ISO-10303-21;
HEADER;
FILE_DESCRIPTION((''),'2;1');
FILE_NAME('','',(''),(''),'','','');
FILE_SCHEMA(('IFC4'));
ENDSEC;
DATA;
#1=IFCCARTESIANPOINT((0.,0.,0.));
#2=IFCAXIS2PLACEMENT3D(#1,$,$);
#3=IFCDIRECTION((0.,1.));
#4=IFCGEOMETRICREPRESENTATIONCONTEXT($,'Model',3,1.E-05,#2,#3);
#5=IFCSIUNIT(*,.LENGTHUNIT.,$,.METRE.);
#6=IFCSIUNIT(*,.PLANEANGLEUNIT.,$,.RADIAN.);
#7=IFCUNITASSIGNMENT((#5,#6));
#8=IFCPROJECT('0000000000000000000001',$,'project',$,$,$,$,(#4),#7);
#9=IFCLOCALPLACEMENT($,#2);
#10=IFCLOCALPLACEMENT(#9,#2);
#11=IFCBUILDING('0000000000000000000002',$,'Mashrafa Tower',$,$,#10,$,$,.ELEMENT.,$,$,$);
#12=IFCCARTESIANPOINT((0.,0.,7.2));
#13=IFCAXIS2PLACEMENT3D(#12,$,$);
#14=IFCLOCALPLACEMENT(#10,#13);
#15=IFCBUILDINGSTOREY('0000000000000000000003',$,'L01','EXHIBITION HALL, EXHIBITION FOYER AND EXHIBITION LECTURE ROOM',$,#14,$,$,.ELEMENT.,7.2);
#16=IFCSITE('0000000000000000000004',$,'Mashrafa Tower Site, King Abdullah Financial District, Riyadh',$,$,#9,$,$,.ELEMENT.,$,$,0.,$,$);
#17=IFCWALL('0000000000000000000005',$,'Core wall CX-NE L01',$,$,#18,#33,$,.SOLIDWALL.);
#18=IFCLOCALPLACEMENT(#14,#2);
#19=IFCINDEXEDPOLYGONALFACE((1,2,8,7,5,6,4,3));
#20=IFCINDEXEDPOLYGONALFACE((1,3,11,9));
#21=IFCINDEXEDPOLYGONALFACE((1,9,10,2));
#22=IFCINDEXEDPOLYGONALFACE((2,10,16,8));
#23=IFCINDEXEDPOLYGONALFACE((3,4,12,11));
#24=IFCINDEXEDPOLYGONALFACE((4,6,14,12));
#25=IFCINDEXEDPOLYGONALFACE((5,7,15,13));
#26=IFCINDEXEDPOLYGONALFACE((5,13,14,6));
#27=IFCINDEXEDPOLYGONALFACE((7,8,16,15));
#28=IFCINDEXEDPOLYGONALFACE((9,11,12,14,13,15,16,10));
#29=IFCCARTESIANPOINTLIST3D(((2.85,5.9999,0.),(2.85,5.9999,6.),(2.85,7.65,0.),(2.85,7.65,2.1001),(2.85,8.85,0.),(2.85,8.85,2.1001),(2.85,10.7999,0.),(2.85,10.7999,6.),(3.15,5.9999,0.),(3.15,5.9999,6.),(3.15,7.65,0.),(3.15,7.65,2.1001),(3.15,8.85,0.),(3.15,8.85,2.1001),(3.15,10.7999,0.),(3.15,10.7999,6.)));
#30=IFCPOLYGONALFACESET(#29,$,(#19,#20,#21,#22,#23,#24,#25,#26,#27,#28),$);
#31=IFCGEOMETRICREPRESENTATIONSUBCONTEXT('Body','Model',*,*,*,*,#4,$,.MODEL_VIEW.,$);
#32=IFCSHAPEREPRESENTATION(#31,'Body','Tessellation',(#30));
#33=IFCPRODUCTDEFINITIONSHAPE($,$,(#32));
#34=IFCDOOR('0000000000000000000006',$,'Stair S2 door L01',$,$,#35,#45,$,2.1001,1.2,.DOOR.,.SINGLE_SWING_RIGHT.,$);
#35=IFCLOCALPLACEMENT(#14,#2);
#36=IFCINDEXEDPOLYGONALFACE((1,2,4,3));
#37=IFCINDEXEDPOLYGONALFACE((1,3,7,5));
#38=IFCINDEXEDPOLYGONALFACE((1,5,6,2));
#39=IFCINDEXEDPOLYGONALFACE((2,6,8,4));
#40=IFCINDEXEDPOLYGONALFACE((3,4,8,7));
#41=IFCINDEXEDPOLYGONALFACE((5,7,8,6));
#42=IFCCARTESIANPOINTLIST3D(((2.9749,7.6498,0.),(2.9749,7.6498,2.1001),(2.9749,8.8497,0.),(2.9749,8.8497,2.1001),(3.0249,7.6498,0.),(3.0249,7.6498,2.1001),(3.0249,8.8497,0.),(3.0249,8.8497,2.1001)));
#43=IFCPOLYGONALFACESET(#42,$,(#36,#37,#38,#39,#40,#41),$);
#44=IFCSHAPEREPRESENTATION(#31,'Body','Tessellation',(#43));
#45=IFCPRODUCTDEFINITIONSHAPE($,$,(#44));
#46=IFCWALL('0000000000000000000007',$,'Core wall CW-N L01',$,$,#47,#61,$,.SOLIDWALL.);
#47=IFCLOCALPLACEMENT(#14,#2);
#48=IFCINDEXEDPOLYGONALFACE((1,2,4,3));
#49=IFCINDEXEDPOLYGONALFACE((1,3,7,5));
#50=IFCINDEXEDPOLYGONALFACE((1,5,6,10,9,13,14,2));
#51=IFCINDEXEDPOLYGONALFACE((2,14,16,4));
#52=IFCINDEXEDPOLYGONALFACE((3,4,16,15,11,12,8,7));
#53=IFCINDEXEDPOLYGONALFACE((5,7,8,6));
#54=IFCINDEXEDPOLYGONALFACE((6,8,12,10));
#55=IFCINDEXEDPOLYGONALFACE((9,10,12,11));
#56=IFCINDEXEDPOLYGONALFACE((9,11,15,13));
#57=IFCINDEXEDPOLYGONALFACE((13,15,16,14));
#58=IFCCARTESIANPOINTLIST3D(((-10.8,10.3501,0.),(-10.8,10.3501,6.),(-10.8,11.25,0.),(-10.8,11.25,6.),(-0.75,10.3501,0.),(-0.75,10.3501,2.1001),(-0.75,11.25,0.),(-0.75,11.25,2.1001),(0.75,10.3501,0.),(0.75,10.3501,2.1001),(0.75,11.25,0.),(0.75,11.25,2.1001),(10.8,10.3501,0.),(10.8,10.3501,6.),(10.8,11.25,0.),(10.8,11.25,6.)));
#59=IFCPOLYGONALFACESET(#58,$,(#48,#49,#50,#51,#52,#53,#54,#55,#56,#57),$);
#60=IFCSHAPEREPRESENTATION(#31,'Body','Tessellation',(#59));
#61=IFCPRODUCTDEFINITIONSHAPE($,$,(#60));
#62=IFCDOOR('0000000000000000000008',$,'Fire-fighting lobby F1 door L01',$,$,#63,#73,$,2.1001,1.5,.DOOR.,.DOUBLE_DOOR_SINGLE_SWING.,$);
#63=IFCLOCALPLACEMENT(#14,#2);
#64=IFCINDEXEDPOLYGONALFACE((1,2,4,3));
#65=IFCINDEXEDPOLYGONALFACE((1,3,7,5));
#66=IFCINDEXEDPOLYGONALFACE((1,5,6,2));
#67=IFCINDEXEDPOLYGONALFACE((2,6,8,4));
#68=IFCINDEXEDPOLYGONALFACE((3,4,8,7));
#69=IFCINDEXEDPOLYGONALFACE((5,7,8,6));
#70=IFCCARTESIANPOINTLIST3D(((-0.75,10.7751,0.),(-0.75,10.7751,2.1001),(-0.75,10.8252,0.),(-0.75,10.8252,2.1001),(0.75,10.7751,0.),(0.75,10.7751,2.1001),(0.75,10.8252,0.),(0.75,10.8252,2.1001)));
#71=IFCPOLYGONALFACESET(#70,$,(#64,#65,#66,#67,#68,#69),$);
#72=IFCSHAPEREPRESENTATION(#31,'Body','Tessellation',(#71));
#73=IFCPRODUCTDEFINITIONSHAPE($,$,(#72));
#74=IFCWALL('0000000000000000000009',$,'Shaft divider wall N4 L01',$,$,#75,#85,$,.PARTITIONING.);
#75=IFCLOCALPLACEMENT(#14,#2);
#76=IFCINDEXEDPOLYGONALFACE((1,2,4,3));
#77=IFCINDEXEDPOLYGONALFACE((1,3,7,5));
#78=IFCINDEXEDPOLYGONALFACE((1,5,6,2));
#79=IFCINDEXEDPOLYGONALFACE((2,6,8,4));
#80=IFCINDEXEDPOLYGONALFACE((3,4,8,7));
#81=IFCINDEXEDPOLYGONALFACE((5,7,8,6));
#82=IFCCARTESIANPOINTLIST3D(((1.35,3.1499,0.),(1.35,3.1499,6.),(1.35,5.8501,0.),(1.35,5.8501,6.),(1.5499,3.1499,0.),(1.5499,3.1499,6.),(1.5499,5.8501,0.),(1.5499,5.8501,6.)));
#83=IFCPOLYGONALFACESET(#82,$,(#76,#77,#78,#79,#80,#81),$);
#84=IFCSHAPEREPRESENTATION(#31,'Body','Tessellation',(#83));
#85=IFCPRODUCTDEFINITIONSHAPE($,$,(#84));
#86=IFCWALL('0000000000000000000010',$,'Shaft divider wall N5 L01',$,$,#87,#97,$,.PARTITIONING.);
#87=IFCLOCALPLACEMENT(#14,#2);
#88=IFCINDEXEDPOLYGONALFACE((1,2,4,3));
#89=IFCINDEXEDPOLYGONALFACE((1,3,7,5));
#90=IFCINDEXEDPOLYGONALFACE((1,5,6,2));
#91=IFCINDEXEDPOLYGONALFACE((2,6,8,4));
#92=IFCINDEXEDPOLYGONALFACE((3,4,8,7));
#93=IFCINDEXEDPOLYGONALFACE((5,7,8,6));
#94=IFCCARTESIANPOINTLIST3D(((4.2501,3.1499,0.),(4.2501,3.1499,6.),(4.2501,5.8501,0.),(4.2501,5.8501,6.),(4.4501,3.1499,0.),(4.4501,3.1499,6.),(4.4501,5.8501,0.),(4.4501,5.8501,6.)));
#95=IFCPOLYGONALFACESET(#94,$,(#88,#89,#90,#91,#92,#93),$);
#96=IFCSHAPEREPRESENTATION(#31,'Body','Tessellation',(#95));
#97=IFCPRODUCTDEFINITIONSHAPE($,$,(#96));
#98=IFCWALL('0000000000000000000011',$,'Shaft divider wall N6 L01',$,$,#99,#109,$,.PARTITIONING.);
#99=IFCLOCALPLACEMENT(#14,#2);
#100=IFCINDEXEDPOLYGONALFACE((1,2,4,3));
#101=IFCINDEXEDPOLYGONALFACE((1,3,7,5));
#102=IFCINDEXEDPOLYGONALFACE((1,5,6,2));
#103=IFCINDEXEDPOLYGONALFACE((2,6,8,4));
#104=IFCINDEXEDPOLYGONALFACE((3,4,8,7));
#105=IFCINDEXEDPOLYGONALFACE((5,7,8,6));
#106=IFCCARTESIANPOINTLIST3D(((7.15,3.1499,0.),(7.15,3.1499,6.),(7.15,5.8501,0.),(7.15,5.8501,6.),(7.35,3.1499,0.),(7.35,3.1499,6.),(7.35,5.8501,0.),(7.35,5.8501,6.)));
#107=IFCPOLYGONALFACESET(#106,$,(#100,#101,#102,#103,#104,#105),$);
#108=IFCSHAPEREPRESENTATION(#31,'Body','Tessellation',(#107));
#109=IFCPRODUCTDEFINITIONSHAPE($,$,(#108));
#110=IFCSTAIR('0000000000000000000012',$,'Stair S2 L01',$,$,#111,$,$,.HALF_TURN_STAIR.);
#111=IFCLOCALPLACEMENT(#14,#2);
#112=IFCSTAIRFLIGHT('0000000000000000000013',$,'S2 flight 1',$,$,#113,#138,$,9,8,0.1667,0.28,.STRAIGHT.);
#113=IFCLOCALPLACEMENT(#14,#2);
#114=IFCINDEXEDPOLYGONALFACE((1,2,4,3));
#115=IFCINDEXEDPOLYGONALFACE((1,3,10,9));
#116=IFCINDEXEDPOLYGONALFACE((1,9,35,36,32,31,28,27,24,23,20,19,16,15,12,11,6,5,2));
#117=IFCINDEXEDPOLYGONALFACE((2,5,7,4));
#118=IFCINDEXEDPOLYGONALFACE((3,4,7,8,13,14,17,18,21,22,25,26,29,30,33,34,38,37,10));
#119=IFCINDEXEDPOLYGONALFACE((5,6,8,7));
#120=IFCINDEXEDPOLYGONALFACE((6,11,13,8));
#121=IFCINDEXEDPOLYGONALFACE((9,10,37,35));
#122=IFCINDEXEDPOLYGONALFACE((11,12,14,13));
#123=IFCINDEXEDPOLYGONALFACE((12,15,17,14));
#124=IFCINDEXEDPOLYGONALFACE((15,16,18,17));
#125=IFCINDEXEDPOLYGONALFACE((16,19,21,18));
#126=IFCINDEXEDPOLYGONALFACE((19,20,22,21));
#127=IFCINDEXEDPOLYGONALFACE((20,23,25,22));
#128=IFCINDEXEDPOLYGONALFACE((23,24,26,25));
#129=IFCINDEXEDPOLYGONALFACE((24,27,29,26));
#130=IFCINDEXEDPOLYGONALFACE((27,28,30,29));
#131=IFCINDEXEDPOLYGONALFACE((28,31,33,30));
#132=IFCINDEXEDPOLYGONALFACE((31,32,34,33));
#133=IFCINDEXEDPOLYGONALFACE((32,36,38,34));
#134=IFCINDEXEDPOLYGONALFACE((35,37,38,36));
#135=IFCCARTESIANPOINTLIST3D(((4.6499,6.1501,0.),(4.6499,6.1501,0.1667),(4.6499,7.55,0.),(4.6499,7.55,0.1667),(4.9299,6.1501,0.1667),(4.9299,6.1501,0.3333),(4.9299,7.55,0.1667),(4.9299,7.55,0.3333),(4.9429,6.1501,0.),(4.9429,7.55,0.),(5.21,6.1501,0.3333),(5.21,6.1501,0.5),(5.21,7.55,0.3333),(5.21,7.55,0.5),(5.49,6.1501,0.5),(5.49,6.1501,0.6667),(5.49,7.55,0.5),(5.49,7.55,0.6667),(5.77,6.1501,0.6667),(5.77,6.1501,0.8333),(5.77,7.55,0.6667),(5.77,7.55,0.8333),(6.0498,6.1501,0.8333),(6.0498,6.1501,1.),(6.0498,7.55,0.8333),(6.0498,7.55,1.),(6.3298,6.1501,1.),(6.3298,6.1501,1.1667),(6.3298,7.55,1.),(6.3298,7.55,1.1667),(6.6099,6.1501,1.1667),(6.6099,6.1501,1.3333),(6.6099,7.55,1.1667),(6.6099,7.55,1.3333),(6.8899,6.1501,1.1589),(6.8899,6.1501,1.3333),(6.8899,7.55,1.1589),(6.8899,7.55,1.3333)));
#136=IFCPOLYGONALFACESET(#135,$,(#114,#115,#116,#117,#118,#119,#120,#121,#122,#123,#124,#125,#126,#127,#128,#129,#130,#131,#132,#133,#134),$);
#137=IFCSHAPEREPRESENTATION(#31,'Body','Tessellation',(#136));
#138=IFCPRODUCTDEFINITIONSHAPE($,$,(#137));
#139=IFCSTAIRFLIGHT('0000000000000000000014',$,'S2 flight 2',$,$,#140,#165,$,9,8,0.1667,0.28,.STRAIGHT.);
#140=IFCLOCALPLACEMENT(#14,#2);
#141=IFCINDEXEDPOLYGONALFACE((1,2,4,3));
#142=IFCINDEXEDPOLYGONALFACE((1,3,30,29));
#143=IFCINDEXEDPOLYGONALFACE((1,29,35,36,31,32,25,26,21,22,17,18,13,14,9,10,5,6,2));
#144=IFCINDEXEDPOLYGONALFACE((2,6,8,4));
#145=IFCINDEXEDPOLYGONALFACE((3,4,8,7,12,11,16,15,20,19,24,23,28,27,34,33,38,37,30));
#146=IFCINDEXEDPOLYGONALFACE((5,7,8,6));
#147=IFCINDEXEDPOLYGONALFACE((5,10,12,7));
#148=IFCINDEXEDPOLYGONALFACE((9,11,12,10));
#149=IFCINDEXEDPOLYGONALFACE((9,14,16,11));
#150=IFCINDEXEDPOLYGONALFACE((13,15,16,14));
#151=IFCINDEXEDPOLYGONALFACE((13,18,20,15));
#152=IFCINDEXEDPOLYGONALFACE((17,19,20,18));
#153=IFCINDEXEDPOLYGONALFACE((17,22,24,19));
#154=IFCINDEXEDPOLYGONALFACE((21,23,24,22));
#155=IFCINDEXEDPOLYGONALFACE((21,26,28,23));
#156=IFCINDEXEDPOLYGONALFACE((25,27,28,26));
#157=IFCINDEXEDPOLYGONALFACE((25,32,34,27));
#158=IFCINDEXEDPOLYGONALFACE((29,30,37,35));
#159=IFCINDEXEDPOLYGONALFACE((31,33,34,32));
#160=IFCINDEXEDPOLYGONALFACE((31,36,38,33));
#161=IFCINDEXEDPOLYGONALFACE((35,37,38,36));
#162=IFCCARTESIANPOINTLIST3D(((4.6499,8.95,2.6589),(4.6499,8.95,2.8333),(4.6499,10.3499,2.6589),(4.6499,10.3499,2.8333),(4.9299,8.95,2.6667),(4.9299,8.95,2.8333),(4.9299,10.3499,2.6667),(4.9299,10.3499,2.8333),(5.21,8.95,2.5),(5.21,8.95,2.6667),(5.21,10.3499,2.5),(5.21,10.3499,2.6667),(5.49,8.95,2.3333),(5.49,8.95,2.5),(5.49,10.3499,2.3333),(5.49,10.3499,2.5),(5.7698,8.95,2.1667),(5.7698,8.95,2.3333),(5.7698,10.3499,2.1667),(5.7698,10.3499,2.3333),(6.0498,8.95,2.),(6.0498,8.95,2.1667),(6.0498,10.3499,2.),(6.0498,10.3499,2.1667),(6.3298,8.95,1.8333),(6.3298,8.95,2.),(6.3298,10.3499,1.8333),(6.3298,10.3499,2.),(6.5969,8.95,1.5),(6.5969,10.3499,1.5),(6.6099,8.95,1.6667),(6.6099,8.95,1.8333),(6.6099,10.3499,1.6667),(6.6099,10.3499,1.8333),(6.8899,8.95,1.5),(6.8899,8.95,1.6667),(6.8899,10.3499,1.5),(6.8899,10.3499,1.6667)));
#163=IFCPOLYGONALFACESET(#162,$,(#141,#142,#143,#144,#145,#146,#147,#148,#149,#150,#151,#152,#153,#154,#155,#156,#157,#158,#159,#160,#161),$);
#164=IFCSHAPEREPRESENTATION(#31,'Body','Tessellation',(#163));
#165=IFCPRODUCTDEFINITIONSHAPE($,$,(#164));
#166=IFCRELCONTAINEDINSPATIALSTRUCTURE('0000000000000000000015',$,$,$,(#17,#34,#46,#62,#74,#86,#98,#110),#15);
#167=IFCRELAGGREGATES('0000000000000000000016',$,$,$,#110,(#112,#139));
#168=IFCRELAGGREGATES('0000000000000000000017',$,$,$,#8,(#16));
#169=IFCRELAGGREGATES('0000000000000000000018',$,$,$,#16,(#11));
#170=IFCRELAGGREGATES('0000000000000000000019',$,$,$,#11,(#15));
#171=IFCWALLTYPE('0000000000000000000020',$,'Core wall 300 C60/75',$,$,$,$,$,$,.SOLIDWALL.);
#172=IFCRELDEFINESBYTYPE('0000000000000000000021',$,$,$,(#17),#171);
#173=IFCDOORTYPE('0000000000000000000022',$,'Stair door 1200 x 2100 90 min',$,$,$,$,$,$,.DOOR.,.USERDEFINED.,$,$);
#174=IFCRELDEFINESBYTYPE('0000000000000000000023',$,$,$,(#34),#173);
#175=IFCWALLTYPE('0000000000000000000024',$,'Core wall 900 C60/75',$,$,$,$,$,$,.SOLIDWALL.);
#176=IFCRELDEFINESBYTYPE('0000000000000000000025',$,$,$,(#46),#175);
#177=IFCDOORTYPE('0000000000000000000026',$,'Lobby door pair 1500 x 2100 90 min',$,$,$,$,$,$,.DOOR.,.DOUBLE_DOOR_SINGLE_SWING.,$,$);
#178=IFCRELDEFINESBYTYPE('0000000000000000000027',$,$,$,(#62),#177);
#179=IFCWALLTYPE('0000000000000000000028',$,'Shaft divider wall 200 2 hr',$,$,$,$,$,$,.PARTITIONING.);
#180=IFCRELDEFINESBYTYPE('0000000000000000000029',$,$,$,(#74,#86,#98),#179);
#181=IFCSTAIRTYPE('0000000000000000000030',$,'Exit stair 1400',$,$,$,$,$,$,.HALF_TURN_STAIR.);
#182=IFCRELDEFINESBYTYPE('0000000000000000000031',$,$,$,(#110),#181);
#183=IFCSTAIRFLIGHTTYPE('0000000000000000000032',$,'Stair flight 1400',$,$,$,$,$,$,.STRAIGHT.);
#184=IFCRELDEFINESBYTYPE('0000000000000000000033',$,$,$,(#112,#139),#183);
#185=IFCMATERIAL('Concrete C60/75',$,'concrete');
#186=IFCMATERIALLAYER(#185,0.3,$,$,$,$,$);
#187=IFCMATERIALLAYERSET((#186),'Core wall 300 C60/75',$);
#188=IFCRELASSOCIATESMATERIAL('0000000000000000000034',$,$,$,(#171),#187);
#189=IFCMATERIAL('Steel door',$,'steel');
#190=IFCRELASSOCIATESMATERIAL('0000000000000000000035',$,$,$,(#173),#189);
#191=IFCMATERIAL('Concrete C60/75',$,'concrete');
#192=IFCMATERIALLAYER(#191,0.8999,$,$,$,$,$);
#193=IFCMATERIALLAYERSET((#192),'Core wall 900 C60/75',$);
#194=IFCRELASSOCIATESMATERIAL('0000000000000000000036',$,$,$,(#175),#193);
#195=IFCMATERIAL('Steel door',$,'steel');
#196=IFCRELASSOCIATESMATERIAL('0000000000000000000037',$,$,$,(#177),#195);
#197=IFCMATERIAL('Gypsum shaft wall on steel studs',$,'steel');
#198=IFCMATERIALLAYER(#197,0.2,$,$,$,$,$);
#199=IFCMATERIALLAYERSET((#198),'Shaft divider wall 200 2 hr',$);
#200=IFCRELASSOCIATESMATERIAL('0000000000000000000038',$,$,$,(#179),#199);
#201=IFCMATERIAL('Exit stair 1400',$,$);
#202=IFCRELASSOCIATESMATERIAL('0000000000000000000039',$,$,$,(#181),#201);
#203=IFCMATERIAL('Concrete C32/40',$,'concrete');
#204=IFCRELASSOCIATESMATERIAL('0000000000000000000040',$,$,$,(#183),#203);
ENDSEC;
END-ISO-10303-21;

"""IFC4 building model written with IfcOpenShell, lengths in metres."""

from ifc_helpers import new_model, si_unit, direction, frame, frame_2d, origin, place, context, subcontext, project, spatial, polyline, rectangle, outline, extrude, material, layer, layer_set, type_object, element, fill, aggregate, save


model = new_model("IFC4")

# Units and contexts
model_context = context("Model", 3, precision=1e-05, world=origin(), true_north=direction((0.0, 1.0)))
body_context = subcontext(model_context, "Body", "Model", "MODEL_VIEW")
ifc_project = project(units=[si_unit("LENGTHUNIT", "METRE"), si_unit("PLANEANGLEUNIT", "RADIAN")], contexts=[model_context])

# Site, building, storey
site_placement = place(None, origin())
site = spatial("IfcSite", under=ifc_project, at=site_placement, Name="Mashrafa Tower Site, King Abdullah Financial District, Riyadh", CompositionType="ELEMENT", RefElevation=0.0)
building_placement = place(site_placement, origin())
building = spatial("IfcBuilding", under=site, at=building_placement, Name="Mashrafa Tower", CompositionType="ELEMENT")
storey_placement = place(building_placement, frame((0.0, 0.0, 7.2)))
storey = spatial("IfcBuildingStorey", under=building, at=storey_placement, Name="L01", Description="EXHIBITION HALL, EXHIBITION FOYER AND EXHIBITION LECTURE ROOM", CompositionType="ELEMENT", Elevation=7.2)

# Walls, openings, doors
ifc_material_1 = material(Name="Concrete C60/75", Category="concrete")
ifc_layer_1 = layer(ifc_material_1, 0.3)
ifc_layer_set_1 = layer_set([ifc_layer_1], Name="Core wall 300 C60/75")
wall_type_1 = type_object("IfcWallType", Name="Core wall 300 C60/75", PredefinedType="SOLIDWALL", material=ifc_layer_set_1)
wall_1_placement = place(storey_placement, frame((3.0, 6.0, 0.0), z_axis=(0.0, 0.0, 1.0), x_axis=(0.0, 1.0, 0.0)))
wall_1 = element("IfcWall", 1, at=wall_1_placement, inside=storey, type_object=wall_type_1, Name="Core wall CX-NE L01", PredefinedType="SOLIDWALL", context=body_context, shape_type="SweptSolid", body=[
    extrude(rectangle(XDim=4.8, YDim=0.3, at=frame_2d((2.3999, 0.0))), origin(), (0.0, 0.0, 1.0), 6.0),
])
opening_1_placement = place(wall_1_placement, frame((1.6499, 0.0, 0.0)))
opening_1 = element("IfcOpeningElement", 2, at=opening_1_placement, cuts=wall_1, PredefinedType="OPENING", context=body_context, shape_type="SweptSolid", body=[
    extrude(rectangle(XDim=1.2, YDim=2.1001, at=frame_2d((0.6001, 1.05))), frame((0.0, 0.1599, 0.0), z_axis=(0.0, -1.0, 0.0), x_axis=(1.0, 0.0, 0.0)), (0.0, 0.0, 1.0), 0.3201),
])
ifc_material_2 = material(Name="Steel door", Category="steel")
door_type_1 = type_object("IfcDoorType", Name="Stair door 1200 x 2100 90 min", OperationType="USERDEFINED", PredefinedType="DOOR", material=ifc_material_2)
door_1_placement = place(opening_1_placement, frame((1.2, 0.0, 0.0), z_axis=(0.0, 0.0, 1.0), x_axis=(-1.0, 0.0, 0.0)))
door_1 = element("IfcDoor", 3, at=door_1_placement, inside=storey, type_object=door_type_1, Name="Stair S2 door L01", OperationType="SINGLE_SWING_RIGHT", OverallHeight=2.1001, OverallWidth=1.2, PredefinedType="DOOR", context=body_context, shape_type="SweptSolid", body=[
    extrude(rectangle(XDim=1.2, YDim=2.1001, at=frame_2d((0.6001, 1.05))), frame((0.0, 0.0249, 0.0), z_axis=(0.0, -1.0, 0.0), x_axis=(1.0, 0.0, 0.0)), (0.0, 0.0, 1.0), 0.05),
])
fill(opening_1, door_1)
ifc_material_3 = material(Name="Concrete C60/75", Category="concrete")
ifc_layer_2 = layer(ifc_material_3, 0.8999)
ifc_layer_set_2 = layer_set([ifc_layer_2], Name="Core wall 900 C60/75")
wall_type_2 = type_object("IfcWallType", Name="Core wall 900 C60/75", PredefinedType="SOLIDWALL", material=ifc_layer_set_2)
wall_2_placement = place(storey_placement, frame((10.8, 10.8, 0.0), z_axis=(0.0, 0.0, 1.0), x_axis=(-1.0, 0.0, 0.0)))
wall_2 = element("IfcWall", 4, at=wall_2_placement, inside=storey, type_object=wall_type_2, Name="Core wall CW-N L01", PredefinedType="SOLIDWALL", context=body_context, shape_type="SweptSolid", body=[
    extrude(rectangle(XDim=21.6001, YDim=0.8999, at=frame_2d((10.8, 0.0))), origin(), (0.0, 0.0, 1.0), 6.0),
])
opening_2_placement = place(wall_2_placement, frame((10.05, 0.0, 0.0)))
opening_2 = element("IfcOpeningElement", 5, at=opening_2_placement, cuts=wall_2, PredefinedType="OPENING", context=body_context, shape_type="SweptSolid", body=[
    extrude(rectangle(XDim=1.5, YDim=2.1001, at=frame_2d((0.75, 1.05))), frame((0.0, 0.46, 0.0), z_axis=(0.0, -1.0, 0.0), x_axis=(1.0, 0.0, 0.0)), (0.0, 0.0, 1.0), 0.9199),
])
ifc_material_4 = material(Name="Steel door", Category="steel")
door_type_2 = type_object("IfcDoorType", Name="Lobby door pair 1500 x 2100 90 min", OperationType="DOUBLE_DOOR_SINGLE_SWING", PredefinedType="DOOR", material=ifc_material_4)
door_2_placement = place(opening_2_placement, origin())
door_2 = element("IfcDoor", 6, at=door_2_placement, inside=storey, type_object=door_type_2, Name="Fire-fighting lobby F1 door L01", OperationType="DOUBLE_DOOR_SINGLE_SWING", OverallHeight=2.1001, OverallWidth=1.5, PredefinedType="DOOR", context=body_context, shape_type="SweptSolid", body=[
    extrude(rectangle(XDim=1.5, YDim=2.1001, at=frame_2d((0.75, 1.05))), frame((0.0, 0.0249, 0.0), z_axis=(0.0, -1.0, 0.0), x_axis=(1.0, 0.0, 0.0)), (0.0, 0.0, 1.0), 0.05),
])
fill(opening_2, door_2)

# Walls
ifc_material_5 = material(Name="Gypsum shaft wall on steel studs", Category="steel")
ifc_layer_3 = layer(ifc_material_5, 0.2)
ifc_layer_set_3 = layer_set([ifc_layer_3], Name="Shaft divider wall 200 2 hr")
wall_type_3 = type_object("IfcWallType", Name="Shaft divider wall 200 2 hr", PredefinedType="PARTITIONING", material=ifc_layer_set_3)
for number, where, z_axis, x_axis, name in (
    (7, (1.45, 3.1499, 0.0), (0.0, 0.0, 1.0), (0.0, 1.0, 0.0), "Shaft divider wall N4 L01"),
    (8, (4.3501, 3.1499, 0.0), (0.0, 0.0, 1.0), (0.0, 1.0, 0.0), "Shaft divider wall N5 L01"),
    (9, (7.25, 3.1499, 0.0), (0.0, 0.0, 1.0), (0.0, 1.0, 0.0), "Shaft divider wall N6 L01"),
):
    element("IfcWall", number, at=place(storey_placement, frame(where, z_axis=z_axis, x_axis=x_axis)), inside=storey, type_object=wall_type_3, Name=name, PredefinedType="PARTITIONING", context=body_context, shape_type="SweptSolid", body=[
        extrude(rectangle(XDim=2.7002, YDim=0.2, at=frame_2d((1.3501, 0.0))), origin(), (0.0, 0.0, 1.0), 6.0),
    ])

# Stair, stair flights
ifc_material_6 = material(Name="Exit stair 1400")
stair_type = type_object("IfcStairType", Name="Exit stair 1400", PredefinedType="HALF_TURN_STAIR", material=ifc_material_6)
stair_placement = place(storey_placement, origin())
stair = element("IfcStair", 10, at=stair_placement, inside=storey, type_object=stair_type, Name="Stair S2 L01", PredefinedType="HALF_TURN_STAIR")
ifc_material_7 = material(Name="Concrete C32/40", Category="concrete")
stair_flight_type = type_object("IfcStairFlightType", Name="Stair flight 1400", PredefinedType="STRAIGHT", material=ifc_material_7)
stair_flight_1_placement = place(storey_placement, frame((4.6499, 6.8501, 0.0), z_axis=(0.0, 0.0, 1.0), x_axis=(1.0, 0.0, 0.0)))
stair_flight_1 = element("IfcStairFlight", 11, at=stair_flight_1_placement, type_object=stair_flight_type, Name="S2 flight 1", NumberOfRisers=9, NumberOfTreads=8, PredefinedType="STRAIGHT", RiserHeight=0.1667, TreadLength=0.28, context=body_context, shape_type="SweptSolid", body=[
    extrude(outline(polyline([(0.0, 0.0), (0.0, 0.1667), (0.28, 0.1667), (0.28, 0.3333), (0.5601, 0.3333), (0.5601, 0.5), (0.8401, 0.5), (0.8401, 0.6667), (1.1201, 0.6667), (1.1201, 0.8333), (1.3999, 0.8333), (1.3999, 1.0), (1.6799, 1.0), (1.6799, 1.1667), (1.96, 1.1667), (1.96, 1.3333), (2.24, 1.3333), (2.24, 1.5), (2.24, 1.1589), (0.293, 0.0), (0.0, 0.0)])), frame((0.0, 0.7, 0.0), z_axis=(0.0, -1.0, 0.0), x_axis=(1.0, 0.0, 0.0)), (0.0, 0.0, 1.0), 1.3999),
])
stair_flight_2_placement = place(storey_placement, frame((6.8899, 9.6499, 1.5), z_axis=(0.0, 0.0, 1.0), x_axis=(-1.0, 0.0, 0.0)))
stair_flight_2 = element("IfcStairFlight", 12, at=stair_flight_2_placement, type_object=stair_flight_type, Name="S2 flight 2", NumberOfRisers=9, NumberOfTreads=8, PredefinedType="STRAIGHT", RiserHeight=0.1667, TreadLength=0.28, context=body_context, shape_type="SweptSolid", body=[
    extrude(outline(polyline([(0.0, 0.0), (0.0, 0.1667), (0.28, 0.1667), (0.28, 0.3333), (0.5601, 0.3333), (0.5601, 0.5), (0.8401, 0.5), (0.8401, 0.6667), (1.1201, 0.6667), (1.1201, 0.8333), (1.3999, 0.8333), (1.3999, 1.0), (1.6799, 1.0), (1.6799, 1.1667), (1.96, 1.1667), (1.96, 1.3333), (2.24, 1.3333), (2.24, 1.5), (2.24, 1.1589), (0.293, 0.0), (0.0, 0.0)])), frame((0.0, 0.7, 0.0), z_axis=(0.0, -1.0, 0.0), x_axis=(1.0, 0.0, 0.0)), (0.0, 0.0, 1.0), 1.3999),
])
aggregate(stair, [stair_flight_1, stair_flight_2])

save(model, "model.ifc")
